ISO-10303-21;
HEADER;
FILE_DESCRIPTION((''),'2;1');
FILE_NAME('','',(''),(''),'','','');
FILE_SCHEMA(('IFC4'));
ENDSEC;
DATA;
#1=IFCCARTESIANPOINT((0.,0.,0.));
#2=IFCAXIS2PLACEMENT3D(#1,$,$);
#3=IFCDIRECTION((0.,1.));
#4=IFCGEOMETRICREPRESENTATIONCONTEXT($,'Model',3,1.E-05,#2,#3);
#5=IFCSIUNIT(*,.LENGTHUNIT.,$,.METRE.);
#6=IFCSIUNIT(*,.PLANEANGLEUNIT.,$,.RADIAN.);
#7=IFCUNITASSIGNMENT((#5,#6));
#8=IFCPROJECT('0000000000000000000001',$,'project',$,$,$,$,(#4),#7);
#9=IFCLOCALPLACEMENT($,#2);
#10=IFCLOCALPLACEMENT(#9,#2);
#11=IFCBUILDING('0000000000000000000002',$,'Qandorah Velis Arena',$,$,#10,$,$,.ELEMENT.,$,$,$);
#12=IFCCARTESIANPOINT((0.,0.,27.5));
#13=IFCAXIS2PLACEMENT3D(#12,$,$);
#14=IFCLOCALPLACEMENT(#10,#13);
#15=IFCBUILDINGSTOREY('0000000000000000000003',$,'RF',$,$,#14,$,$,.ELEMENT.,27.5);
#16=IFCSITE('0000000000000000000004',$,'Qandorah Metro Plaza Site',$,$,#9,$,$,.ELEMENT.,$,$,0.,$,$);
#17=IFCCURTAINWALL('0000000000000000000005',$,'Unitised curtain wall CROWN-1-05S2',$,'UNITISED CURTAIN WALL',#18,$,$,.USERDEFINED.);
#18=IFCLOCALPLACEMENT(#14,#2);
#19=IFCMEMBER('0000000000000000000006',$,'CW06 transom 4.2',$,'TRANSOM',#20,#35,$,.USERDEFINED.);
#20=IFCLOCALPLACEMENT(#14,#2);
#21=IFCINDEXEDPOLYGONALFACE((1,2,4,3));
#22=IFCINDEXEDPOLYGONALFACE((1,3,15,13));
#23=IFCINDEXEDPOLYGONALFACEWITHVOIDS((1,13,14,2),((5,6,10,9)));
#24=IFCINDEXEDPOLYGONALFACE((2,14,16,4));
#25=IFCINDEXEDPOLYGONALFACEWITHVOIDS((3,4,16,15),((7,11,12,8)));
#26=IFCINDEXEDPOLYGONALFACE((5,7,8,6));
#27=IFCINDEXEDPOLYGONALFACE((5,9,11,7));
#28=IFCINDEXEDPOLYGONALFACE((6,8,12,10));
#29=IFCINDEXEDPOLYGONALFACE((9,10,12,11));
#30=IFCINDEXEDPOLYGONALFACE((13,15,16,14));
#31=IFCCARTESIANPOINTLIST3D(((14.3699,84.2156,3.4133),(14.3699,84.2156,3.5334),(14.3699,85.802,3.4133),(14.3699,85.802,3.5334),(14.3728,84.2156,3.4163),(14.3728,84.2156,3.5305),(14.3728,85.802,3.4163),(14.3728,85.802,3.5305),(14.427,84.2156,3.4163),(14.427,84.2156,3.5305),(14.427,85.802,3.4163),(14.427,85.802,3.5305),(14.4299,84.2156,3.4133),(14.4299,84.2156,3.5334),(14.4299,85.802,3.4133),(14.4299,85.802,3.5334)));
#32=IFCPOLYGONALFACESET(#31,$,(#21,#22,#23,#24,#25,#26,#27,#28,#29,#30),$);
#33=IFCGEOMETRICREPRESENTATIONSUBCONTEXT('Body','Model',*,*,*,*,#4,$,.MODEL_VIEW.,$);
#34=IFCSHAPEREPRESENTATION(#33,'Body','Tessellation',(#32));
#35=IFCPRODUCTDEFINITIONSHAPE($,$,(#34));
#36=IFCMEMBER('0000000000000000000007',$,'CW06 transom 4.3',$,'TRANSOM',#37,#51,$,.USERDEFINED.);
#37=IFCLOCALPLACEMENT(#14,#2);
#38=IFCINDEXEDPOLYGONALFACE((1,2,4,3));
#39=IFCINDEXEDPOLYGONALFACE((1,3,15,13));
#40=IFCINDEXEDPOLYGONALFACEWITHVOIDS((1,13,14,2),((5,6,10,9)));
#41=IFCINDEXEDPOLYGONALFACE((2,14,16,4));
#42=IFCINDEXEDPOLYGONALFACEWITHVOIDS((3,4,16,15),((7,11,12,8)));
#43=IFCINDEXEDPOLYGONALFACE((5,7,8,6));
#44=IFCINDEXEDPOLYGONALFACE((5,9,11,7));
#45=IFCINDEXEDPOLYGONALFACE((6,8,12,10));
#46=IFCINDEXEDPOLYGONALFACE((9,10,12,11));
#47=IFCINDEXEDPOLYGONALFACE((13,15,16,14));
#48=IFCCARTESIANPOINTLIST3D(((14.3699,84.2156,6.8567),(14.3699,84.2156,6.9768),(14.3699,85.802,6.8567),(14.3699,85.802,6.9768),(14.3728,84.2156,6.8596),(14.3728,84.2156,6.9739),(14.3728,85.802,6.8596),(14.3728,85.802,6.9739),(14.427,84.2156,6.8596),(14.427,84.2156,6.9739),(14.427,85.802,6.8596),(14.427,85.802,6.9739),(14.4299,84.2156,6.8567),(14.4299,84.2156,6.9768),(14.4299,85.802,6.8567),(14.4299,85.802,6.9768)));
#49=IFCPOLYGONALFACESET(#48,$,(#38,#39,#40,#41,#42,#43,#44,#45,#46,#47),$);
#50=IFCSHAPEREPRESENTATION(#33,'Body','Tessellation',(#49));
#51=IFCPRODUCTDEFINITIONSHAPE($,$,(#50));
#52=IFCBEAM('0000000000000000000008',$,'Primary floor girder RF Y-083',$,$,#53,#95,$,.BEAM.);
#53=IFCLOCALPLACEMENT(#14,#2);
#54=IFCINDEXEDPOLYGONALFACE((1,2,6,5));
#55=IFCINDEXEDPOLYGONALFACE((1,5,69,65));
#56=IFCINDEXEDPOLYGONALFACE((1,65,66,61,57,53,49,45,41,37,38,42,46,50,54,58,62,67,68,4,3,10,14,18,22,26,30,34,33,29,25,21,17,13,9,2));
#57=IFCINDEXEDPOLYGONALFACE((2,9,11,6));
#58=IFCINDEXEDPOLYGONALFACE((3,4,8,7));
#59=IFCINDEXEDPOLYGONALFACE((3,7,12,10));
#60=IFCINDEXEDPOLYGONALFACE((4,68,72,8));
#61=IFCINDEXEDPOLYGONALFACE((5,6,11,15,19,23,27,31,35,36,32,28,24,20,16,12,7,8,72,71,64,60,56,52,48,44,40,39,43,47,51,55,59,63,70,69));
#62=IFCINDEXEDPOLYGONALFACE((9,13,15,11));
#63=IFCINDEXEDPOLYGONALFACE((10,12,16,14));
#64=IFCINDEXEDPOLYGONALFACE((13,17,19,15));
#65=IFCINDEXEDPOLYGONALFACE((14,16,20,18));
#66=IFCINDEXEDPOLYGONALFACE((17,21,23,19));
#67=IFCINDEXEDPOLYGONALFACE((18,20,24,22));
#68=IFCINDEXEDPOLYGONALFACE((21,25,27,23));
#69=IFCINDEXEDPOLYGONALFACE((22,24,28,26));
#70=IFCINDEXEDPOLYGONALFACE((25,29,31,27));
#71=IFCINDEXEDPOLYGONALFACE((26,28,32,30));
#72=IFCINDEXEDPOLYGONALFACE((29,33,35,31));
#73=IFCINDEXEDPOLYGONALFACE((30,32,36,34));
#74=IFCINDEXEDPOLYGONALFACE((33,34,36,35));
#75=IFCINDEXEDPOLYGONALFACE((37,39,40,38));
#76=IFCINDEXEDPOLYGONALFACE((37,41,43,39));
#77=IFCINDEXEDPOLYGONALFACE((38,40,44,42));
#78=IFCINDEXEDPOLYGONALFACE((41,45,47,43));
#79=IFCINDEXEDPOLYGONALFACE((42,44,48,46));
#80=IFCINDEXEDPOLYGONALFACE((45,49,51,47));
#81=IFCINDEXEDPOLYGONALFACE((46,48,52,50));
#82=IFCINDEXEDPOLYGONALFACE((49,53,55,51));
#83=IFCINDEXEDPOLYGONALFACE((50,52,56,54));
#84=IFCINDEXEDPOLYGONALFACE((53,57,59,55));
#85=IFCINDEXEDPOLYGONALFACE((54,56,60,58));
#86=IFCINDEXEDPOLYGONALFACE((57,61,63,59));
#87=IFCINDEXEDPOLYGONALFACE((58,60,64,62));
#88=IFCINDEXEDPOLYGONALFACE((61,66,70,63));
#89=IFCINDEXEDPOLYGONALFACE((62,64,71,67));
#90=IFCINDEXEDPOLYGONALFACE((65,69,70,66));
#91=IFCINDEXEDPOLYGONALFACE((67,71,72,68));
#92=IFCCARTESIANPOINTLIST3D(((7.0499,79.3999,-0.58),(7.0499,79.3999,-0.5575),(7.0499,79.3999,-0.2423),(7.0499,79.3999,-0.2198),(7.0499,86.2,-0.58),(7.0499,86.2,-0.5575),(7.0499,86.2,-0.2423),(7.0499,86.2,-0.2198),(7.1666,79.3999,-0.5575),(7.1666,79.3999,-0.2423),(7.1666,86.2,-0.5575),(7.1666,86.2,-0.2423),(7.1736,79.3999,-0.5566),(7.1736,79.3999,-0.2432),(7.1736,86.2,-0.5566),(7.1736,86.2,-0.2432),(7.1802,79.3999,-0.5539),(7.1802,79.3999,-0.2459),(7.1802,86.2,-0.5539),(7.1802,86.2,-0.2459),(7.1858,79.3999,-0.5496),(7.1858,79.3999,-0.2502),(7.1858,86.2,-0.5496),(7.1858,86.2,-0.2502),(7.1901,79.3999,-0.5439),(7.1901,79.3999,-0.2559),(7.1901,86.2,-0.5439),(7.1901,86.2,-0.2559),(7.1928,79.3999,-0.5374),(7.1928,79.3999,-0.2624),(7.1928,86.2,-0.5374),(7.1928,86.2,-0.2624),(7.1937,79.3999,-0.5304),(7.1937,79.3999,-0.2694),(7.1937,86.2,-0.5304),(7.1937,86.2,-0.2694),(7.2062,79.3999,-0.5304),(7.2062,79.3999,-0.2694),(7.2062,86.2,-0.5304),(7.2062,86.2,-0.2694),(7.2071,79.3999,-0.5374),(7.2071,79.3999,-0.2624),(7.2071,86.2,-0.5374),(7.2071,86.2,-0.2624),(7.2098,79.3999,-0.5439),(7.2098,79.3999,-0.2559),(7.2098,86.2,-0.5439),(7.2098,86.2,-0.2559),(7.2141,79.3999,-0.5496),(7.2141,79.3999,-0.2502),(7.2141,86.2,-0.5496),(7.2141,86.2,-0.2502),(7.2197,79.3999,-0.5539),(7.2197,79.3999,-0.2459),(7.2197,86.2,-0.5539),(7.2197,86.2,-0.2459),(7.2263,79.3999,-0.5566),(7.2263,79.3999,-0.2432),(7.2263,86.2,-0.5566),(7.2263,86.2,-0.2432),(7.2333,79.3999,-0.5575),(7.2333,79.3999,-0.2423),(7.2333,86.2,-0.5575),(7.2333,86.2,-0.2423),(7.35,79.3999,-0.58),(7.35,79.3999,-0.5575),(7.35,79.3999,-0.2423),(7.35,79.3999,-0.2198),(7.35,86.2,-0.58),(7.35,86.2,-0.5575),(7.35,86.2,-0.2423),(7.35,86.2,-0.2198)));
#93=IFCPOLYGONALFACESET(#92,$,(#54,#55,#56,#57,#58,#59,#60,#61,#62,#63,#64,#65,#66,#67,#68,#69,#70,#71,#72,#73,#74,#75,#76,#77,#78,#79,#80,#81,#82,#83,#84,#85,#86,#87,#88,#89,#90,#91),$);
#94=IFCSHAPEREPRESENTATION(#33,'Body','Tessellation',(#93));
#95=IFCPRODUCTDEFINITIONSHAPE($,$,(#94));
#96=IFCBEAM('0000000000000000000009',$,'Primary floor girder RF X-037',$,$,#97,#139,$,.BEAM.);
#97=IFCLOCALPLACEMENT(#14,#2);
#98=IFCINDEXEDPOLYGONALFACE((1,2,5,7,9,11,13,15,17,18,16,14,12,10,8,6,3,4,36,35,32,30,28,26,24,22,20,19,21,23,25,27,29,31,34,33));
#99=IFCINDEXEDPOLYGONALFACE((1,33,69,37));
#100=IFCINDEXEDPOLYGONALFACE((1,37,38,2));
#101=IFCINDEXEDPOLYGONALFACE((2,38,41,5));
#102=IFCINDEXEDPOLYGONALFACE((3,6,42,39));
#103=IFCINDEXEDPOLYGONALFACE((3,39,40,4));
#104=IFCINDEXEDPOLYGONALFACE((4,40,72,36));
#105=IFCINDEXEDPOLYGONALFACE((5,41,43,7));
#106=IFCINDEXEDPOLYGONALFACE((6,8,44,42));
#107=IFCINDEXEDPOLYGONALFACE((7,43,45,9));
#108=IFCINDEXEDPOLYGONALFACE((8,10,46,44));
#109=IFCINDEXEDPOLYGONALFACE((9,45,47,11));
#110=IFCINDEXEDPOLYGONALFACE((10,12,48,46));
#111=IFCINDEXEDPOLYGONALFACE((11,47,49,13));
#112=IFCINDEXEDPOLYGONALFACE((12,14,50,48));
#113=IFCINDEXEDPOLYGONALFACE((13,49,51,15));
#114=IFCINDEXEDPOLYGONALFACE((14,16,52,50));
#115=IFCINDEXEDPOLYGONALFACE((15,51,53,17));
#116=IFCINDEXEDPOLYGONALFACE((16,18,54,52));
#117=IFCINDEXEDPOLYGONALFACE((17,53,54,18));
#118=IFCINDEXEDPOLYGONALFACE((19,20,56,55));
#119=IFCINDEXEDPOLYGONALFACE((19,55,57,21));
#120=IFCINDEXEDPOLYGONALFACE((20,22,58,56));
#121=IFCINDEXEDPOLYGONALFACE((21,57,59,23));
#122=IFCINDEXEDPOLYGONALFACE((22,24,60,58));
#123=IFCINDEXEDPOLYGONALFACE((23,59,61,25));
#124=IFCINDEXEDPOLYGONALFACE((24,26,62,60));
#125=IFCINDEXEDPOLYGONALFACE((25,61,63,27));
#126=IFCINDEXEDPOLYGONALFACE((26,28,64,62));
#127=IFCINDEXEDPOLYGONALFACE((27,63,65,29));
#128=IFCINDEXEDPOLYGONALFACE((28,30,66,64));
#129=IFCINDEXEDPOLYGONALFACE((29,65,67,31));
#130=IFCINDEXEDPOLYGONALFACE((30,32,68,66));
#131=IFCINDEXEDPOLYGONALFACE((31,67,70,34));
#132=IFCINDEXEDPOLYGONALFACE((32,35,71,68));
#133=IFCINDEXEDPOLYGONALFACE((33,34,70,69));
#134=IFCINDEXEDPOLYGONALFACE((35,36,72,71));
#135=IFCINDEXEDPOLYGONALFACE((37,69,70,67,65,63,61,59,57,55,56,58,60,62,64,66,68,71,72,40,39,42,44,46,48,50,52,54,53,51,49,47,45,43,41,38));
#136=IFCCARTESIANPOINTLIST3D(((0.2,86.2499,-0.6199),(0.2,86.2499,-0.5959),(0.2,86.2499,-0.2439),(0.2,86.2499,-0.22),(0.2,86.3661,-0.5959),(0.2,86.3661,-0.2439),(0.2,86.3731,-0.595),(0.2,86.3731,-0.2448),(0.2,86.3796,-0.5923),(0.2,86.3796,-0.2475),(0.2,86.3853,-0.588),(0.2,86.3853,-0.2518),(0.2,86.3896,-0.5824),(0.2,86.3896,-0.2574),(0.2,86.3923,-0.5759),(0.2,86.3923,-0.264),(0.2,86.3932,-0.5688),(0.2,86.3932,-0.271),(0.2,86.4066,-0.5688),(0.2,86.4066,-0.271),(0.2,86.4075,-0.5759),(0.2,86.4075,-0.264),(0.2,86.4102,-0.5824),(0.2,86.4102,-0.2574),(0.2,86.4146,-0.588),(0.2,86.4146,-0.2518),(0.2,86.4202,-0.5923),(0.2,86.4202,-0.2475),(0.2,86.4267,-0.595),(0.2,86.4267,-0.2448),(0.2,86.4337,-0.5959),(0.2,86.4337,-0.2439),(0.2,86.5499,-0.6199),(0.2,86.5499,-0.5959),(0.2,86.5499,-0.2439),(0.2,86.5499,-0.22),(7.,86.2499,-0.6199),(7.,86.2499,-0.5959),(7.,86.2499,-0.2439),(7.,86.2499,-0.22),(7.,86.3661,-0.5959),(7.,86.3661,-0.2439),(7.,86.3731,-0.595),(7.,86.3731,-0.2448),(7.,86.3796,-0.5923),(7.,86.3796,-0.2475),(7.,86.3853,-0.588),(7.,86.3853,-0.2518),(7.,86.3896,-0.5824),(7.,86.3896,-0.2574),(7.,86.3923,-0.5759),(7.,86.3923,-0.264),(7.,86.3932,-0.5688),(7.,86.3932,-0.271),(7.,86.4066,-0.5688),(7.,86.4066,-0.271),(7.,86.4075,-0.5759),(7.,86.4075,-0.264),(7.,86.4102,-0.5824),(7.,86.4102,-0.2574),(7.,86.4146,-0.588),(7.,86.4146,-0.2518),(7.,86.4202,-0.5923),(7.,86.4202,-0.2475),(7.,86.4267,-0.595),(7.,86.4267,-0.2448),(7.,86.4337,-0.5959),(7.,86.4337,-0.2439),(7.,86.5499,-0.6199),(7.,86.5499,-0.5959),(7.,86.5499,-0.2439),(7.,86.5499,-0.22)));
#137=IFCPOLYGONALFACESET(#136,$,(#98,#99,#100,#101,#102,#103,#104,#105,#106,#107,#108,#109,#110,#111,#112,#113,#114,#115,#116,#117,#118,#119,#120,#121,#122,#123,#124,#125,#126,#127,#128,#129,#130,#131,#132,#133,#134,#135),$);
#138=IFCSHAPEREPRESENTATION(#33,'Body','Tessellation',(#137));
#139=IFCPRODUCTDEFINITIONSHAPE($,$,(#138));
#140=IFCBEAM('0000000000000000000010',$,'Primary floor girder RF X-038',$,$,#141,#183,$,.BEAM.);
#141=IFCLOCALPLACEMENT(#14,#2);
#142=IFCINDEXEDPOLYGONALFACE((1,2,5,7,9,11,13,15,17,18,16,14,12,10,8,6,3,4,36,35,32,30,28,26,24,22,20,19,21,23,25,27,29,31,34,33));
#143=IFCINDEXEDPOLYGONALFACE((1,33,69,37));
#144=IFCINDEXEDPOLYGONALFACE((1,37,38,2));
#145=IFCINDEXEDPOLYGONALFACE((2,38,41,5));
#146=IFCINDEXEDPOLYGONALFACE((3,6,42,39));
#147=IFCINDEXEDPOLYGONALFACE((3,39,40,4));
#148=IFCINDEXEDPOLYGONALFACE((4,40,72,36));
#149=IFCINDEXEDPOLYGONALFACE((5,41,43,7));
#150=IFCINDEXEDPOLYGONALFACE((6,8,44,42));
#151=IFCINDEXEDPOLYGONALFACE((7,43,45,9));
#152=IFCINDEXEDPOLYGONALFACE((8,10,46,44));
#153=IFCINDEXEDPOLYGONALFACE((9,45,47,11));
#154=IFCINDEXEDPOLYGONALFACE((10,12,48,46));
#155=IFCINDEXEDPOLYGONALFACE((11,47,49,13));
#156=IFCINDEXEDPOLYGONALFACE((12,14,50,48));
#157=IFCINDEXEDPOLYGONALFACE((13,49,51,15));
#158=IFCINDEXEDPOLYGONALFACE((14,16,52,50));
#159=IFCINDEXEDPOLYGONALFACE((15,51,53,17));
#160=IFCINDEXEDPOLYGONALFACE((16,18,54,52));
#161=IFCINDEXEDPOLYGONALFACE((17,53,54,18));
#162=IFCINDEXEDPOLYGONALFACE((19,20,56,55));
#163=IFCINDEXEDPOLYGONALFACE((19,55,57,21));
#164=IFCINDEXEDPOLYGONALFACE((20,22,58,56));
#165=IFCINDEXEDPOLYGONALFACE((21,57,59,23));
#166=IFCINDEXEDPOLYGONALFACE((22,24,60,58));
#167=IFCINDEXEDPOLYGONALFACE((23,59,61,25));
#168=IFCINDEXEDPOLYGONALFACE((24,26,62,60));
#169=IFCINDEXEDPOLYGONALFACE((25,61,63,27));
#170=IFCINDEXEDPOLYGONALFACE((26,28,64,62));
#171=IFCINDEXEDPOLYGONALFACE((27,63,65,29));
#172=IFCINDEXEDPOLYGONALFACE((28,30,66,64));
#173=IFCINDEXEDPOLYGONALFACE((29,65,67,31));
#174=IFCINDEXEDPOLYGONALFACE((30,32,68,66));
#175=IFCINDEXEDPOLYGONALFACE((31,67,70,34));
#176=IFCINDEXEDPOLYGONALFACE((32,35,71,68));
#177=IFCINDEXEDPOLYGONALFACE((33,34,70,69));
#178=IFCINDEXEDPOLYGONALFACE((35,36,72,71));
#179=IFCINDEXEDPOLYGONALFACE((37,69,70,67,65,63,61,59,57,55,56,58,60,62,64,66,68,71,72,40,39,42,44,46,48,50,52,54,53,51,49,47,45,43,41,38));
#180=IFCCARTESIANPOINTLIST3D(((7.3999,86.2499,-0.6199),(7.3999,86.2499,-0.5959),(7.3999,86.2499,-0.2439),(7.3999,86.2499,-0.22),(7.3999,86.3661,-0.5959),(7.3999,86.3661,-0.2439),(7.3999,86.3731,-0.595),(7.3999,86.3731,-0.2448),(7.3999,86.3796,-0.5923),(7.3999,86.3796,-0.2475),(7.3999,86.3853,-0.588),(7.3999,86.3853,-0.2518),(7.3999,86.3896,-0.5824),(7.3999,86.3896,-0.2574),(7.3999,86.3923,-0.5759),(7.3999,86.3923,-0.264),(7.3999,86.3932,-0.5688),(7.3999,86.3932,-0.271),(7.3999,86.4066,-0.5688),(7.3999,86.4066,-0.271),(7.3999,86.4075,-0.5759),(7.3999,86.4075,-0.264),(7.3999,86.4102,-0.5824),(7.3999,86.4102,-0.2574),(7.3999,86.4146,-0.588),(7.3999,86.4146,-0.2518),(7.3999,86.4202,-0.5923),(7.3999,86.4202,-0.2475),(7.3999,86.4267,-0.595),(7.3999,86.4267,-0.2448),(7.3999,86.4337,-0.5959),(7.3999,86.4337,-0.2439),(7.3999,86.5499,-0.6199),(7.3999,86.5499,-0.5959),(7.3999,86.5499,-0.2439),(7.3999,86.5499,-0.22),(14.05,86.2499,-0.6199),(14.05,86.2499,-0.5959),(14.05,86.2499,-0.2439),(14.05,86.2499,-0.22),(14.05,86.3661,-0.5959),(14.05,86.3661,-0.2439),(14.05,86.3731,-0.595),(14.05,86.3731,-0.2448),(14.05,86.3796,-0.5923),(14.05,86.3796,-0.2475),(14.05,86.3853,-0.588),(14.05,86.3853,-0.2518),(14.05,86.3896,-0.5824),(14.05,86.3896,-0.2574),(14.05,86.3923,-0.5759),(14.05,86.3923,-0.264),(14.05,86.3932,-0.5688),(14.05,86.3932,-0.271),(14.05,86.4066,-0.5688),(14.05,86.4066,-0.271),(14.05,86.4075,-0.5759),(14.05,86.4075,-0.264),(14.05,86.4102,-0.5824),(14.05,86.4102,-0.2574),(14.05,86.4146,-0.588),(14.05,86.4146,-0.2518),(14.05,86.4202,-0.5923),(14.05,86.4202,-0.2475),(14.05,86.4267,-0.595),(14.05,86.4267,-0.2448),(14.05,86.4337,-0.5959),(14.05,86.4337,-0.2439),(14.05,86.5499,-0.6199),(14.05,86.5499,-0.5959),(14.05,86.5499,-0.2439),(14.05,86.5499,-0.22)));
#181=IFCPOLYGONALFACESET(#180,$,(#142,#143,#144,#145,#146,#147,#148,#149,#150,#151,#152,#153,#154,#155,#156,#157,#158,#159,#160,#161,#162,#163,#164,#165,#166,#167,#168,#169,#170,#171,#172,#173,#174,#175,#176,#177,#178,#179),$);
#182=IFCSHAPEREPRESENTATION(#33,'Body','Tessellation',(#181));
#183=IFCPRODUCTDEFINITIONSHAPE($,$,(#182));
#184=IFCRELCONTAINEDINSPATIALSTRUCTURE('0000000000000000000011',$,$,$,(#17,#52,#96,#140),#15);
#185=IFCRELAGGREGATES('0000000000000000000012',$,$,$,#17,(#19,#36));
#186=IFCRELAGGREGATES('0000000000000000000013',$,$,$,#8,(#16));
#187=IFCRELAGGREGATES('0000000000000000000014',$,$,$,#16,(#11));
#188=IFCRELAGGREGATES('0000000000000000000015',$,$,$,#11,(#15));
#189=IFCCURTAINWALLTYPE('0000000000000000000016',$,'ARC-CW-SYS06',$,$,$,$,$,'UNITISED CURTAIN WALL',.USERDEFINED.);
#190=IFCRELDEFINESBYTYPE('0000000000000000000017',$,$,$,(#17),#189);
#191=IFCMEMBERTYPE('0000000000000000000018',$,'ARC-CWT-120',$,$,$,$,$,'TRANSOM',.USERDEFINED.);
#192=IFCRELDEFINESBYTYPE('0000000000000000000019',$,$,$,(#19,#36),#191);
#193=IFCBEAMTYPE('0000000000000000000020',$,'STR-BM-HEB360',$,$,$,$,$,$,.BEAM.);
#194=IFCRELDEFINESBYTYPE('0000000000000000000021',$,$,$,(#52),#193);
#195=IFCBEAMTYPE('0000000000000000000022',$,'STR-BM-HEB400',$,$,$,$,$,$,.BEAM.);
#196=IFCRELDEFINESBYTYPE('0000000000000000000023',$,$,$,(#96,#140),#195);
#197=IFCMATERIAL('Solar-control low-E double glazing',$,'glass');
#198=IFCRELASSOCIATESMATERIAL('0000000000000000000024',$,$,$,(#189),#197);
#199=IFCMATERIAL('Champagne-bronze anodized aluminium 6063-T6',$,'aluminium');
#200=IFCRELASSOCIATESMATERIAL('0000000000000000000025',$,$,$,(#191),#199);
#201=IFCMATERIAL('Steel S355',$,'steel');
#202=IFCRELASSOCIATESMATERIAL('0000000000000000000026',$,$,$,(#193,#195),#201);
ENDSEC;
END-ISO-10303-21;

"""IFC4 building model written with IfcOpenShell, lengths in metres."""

from ifc_helpers import new_model, si_unit, direction, frame, origin, origin_2d, place, context, subcontext, project, spatial, hollow_rectangle, i_section, extrude, material, material_profile, profile_set, type_object, element, aggregate, save


model = new_model("IFC4")

# Units and contexts
model_context = context("Model", 3, precision=1e-05, world=origin(), true_north=direction((0.0, 1.0)))
body_context = subcontext(model_context, "Body", "Model", "MODEL_VIEW")
ifc_project = project(units=[si_unit("LENGTHUNIT", "METRE"), si_unit("PLANEANGLEUNIT", "RADIAN")], contexts=[model_context])

# Site, building, storey
site_placement = place(None, origin())
site = spatial("IfcSite", under=ifc_project, at=site_placement, Name="Qandorah Metro Plaza Site", CompositionType="ELEMENT", RefElevation=0.0)
building_placement = place(site_placement, origin())
building = spatial("IfcBuilding", under=site, at=building_placement, Name="Qandorah Velis Arena", CompositionType="ELEMENT")
storey_placement = place(building_placement, frame((0.0, 0.0, 27.5)))
storey = spatial("IfcBuildingStorey", under=building, at=storey_placement, Name="RF", CompositionType="ELEMENT", Elevation=27.5)

# Curtain wall, members
ifc_material_1 = material(Name="Solar-control low-E double glazing", Category="glass")
curtain_wall_type = type_object("IfcCurtainWallType", Name="ARC-CW-SYS06", ElementType="UNITISED CURTAIN WALL", PredefinedType="USERDEFINED", material=ifc_material_1)
curtain_wall_placement = place(storey_placement, origin())
curtain_wall = element("IfcCurtainWall", 1, at=curtain_wall_placement, inside=storey, type_object=curtain_wall_type, Name="Unitised curtain wall CROWN-1-05S2", ObjectType="UNITISED CURTAIN WALL", PredefinedType="USERDEFINED")
ifc_material_2 = material(Name="Champagne-bronze anodized aluminium 6063-T6", Category="aluminium")
ifc_material_profile_1 = material_profile(ifc_material_2, hollow_rectangle(XDim=0.0601, YDim=0.1201, WallThickness=0.0029, at=origin_2d()), Name="ALU TRANSOM 60x120")
ifc_profile_set_1 = profile_set([ifc_material_profile_1], Name="Champagne-bronze anodized aluminium 6063-T6")
member_type_1 = type_object("IfcMemberType", Name="ARC-CWT-120", ElementType="TRANSOM", PredefinedType="USERDEFINED", material=ifc_profile_set_1)
member_1_placement = place(storey_placement, frame((14.3999, 84.2156, 3.4734), z_axis=(0.0, 1.0, 0.0), x_axis=(-1.0, 0.0, 0.0)))
member_1 = element("IfcMember", 2, at=member_1_placement, type_object=member_type_1, Name="CW06 transom 4.2", ObjectType="TRANSOM", PredefinedType="USERDEFINED", context=body_context, shape_type="SweptSolid", body=[
    extrude(hollow_rectangle(XDim=0.0601, YDim=0.1201, WallThickness=0.0029, at=origin_2d()), origin(), (0.0, 0.0, 1.0), 1.5864),
])
member_2_placement = place(storey_placement, frame((14.3999, 84.2156, 6.9167), z_axis=(0.0, 1.0, 0.0), x_axis=(-1.0, 0.0, 0.0)))
member_2 = element("IfcMember", 3, at=member_2_placement, type_object=member_type_1, Name="CW06 transom 4.3", ObjectType="TRANSOM", PredefinedType="USERDEFINED", context=body_context, shape_type="SweptSolid", body=[
    extrude(hollow_rectangle(XDim=0.0601, YDim=0.1201, WallThickness=0.0029, at=origin_2d()), origin(), (0.0, 0.0, 1.0), 1.5864),
])

# Beams
ifc_material_3 = material(Name="Steel S355", Category="steel")
ifc_material_profile_2 = material_profile(ifc_material_3, i_section(OverallWidth=0.3, OverallDepth=0.3601, WebThickness=0.0125, FlangeThickness=0.0225, FilletRadius=0.0271, at=origin_2d()), Name="HEB 360")
ifc_profile_set_2 = profile_set([ifc_material_profile_2], Name="Steel S355")
beam_type_1 = type_object("IfcBeamType", Name="STR-BM-HEB360", PredefinedType="BEAM", material=ifc_profile_set_2)
beam_1_placement = place(storey_placement, frame((7.2, 79.3999, -0.3999), z_axis=(0.0, 1.0, 0.0), x_axis=(-1.0, 0.0, 0.0)))
element("IfcBeam", 4, at=beam_1_placement, inside=storey, type_object=beam_type_1, Name="Primary floor girder RF Y-083", PredefinedType="BEAM", context=body_context, shape_type="SweptSolid", body=[
    extrude(i_section(OverallWidth=0.3, OverallDepth=0.3601, WebThickness=0.0125, FlangeThickness=0.0225, FilletRadius=0.0271, at=origin_2d()), origin(), (0.0, 0.0, 1.0), 6.8),
])
ifc_material_profile_3 = material_profile(ifc_material_3, i_section(OverallWidth=0.3, OverallDepth=0.3999, WebThickness=0.0134, FlangeThickness=0.0239, FilletRadius=0.0271, at=origin_2d()), Name="HEB 400")
ifc_profile_set_3 = profile_set([ifc_material_profile_3], Name="Steel S355")
beam_type_2 = type_object("IfcBeamType", Name="STR-BM-HEB400", PredefinedType="BEAM", material=ifc_profile_set_3)
beam_2_placement = place(storey_placement, frame((0.2, 86.3999, -0.4199), z_axis=(1.0, 0.0, 0.0), x_axis=(0.0, 1.0, 0.0)))
element("IfcBeam", 5, at=beam_2_placement, inside=storey, type_object=beam_type_2, Name="Primary floor girder RF X-037", PredefinedType="BEAM", context=body_context, shape_type="SweptSolid", body=[
    extrude(i_section(OverallWidth=0.3, OverallDepth=0.3999, WebThickness=0.0134, FlangeThickness=0.0239, FilletRadius=0.0271, at=origin_2d()), origin(), (0.0, 0.0, 1.0), 6.8),
])
beam_3_placement = place(storey_placement, frame((7.3999, 86.3999, -0.4199), z_axis=(1.0, 0.0, 0.0), x_axis=(0.0, 1.0, 0.0)))
element("IfcBeam", 6, at=beam_3_placement, inside=storey, type_object=beam_type_2, Name="Primary floor girder RF X-038", PredefinedType="BEAM", context=body_context, shape_type="SweptSolid", body=[
    extrude(i_section(OverallWidth=0.3, OverallDepth=0.3999, WebThickness=0.0134, FlangeThickness=0.0239, FilletRadius=0.0271, at=origin_2d()), origin(), (0.0, 0.0, 1.0), 6.6501),
])

aggregate(curtain_wall, [member_1, member_2])

save(model, "model.ifc")
